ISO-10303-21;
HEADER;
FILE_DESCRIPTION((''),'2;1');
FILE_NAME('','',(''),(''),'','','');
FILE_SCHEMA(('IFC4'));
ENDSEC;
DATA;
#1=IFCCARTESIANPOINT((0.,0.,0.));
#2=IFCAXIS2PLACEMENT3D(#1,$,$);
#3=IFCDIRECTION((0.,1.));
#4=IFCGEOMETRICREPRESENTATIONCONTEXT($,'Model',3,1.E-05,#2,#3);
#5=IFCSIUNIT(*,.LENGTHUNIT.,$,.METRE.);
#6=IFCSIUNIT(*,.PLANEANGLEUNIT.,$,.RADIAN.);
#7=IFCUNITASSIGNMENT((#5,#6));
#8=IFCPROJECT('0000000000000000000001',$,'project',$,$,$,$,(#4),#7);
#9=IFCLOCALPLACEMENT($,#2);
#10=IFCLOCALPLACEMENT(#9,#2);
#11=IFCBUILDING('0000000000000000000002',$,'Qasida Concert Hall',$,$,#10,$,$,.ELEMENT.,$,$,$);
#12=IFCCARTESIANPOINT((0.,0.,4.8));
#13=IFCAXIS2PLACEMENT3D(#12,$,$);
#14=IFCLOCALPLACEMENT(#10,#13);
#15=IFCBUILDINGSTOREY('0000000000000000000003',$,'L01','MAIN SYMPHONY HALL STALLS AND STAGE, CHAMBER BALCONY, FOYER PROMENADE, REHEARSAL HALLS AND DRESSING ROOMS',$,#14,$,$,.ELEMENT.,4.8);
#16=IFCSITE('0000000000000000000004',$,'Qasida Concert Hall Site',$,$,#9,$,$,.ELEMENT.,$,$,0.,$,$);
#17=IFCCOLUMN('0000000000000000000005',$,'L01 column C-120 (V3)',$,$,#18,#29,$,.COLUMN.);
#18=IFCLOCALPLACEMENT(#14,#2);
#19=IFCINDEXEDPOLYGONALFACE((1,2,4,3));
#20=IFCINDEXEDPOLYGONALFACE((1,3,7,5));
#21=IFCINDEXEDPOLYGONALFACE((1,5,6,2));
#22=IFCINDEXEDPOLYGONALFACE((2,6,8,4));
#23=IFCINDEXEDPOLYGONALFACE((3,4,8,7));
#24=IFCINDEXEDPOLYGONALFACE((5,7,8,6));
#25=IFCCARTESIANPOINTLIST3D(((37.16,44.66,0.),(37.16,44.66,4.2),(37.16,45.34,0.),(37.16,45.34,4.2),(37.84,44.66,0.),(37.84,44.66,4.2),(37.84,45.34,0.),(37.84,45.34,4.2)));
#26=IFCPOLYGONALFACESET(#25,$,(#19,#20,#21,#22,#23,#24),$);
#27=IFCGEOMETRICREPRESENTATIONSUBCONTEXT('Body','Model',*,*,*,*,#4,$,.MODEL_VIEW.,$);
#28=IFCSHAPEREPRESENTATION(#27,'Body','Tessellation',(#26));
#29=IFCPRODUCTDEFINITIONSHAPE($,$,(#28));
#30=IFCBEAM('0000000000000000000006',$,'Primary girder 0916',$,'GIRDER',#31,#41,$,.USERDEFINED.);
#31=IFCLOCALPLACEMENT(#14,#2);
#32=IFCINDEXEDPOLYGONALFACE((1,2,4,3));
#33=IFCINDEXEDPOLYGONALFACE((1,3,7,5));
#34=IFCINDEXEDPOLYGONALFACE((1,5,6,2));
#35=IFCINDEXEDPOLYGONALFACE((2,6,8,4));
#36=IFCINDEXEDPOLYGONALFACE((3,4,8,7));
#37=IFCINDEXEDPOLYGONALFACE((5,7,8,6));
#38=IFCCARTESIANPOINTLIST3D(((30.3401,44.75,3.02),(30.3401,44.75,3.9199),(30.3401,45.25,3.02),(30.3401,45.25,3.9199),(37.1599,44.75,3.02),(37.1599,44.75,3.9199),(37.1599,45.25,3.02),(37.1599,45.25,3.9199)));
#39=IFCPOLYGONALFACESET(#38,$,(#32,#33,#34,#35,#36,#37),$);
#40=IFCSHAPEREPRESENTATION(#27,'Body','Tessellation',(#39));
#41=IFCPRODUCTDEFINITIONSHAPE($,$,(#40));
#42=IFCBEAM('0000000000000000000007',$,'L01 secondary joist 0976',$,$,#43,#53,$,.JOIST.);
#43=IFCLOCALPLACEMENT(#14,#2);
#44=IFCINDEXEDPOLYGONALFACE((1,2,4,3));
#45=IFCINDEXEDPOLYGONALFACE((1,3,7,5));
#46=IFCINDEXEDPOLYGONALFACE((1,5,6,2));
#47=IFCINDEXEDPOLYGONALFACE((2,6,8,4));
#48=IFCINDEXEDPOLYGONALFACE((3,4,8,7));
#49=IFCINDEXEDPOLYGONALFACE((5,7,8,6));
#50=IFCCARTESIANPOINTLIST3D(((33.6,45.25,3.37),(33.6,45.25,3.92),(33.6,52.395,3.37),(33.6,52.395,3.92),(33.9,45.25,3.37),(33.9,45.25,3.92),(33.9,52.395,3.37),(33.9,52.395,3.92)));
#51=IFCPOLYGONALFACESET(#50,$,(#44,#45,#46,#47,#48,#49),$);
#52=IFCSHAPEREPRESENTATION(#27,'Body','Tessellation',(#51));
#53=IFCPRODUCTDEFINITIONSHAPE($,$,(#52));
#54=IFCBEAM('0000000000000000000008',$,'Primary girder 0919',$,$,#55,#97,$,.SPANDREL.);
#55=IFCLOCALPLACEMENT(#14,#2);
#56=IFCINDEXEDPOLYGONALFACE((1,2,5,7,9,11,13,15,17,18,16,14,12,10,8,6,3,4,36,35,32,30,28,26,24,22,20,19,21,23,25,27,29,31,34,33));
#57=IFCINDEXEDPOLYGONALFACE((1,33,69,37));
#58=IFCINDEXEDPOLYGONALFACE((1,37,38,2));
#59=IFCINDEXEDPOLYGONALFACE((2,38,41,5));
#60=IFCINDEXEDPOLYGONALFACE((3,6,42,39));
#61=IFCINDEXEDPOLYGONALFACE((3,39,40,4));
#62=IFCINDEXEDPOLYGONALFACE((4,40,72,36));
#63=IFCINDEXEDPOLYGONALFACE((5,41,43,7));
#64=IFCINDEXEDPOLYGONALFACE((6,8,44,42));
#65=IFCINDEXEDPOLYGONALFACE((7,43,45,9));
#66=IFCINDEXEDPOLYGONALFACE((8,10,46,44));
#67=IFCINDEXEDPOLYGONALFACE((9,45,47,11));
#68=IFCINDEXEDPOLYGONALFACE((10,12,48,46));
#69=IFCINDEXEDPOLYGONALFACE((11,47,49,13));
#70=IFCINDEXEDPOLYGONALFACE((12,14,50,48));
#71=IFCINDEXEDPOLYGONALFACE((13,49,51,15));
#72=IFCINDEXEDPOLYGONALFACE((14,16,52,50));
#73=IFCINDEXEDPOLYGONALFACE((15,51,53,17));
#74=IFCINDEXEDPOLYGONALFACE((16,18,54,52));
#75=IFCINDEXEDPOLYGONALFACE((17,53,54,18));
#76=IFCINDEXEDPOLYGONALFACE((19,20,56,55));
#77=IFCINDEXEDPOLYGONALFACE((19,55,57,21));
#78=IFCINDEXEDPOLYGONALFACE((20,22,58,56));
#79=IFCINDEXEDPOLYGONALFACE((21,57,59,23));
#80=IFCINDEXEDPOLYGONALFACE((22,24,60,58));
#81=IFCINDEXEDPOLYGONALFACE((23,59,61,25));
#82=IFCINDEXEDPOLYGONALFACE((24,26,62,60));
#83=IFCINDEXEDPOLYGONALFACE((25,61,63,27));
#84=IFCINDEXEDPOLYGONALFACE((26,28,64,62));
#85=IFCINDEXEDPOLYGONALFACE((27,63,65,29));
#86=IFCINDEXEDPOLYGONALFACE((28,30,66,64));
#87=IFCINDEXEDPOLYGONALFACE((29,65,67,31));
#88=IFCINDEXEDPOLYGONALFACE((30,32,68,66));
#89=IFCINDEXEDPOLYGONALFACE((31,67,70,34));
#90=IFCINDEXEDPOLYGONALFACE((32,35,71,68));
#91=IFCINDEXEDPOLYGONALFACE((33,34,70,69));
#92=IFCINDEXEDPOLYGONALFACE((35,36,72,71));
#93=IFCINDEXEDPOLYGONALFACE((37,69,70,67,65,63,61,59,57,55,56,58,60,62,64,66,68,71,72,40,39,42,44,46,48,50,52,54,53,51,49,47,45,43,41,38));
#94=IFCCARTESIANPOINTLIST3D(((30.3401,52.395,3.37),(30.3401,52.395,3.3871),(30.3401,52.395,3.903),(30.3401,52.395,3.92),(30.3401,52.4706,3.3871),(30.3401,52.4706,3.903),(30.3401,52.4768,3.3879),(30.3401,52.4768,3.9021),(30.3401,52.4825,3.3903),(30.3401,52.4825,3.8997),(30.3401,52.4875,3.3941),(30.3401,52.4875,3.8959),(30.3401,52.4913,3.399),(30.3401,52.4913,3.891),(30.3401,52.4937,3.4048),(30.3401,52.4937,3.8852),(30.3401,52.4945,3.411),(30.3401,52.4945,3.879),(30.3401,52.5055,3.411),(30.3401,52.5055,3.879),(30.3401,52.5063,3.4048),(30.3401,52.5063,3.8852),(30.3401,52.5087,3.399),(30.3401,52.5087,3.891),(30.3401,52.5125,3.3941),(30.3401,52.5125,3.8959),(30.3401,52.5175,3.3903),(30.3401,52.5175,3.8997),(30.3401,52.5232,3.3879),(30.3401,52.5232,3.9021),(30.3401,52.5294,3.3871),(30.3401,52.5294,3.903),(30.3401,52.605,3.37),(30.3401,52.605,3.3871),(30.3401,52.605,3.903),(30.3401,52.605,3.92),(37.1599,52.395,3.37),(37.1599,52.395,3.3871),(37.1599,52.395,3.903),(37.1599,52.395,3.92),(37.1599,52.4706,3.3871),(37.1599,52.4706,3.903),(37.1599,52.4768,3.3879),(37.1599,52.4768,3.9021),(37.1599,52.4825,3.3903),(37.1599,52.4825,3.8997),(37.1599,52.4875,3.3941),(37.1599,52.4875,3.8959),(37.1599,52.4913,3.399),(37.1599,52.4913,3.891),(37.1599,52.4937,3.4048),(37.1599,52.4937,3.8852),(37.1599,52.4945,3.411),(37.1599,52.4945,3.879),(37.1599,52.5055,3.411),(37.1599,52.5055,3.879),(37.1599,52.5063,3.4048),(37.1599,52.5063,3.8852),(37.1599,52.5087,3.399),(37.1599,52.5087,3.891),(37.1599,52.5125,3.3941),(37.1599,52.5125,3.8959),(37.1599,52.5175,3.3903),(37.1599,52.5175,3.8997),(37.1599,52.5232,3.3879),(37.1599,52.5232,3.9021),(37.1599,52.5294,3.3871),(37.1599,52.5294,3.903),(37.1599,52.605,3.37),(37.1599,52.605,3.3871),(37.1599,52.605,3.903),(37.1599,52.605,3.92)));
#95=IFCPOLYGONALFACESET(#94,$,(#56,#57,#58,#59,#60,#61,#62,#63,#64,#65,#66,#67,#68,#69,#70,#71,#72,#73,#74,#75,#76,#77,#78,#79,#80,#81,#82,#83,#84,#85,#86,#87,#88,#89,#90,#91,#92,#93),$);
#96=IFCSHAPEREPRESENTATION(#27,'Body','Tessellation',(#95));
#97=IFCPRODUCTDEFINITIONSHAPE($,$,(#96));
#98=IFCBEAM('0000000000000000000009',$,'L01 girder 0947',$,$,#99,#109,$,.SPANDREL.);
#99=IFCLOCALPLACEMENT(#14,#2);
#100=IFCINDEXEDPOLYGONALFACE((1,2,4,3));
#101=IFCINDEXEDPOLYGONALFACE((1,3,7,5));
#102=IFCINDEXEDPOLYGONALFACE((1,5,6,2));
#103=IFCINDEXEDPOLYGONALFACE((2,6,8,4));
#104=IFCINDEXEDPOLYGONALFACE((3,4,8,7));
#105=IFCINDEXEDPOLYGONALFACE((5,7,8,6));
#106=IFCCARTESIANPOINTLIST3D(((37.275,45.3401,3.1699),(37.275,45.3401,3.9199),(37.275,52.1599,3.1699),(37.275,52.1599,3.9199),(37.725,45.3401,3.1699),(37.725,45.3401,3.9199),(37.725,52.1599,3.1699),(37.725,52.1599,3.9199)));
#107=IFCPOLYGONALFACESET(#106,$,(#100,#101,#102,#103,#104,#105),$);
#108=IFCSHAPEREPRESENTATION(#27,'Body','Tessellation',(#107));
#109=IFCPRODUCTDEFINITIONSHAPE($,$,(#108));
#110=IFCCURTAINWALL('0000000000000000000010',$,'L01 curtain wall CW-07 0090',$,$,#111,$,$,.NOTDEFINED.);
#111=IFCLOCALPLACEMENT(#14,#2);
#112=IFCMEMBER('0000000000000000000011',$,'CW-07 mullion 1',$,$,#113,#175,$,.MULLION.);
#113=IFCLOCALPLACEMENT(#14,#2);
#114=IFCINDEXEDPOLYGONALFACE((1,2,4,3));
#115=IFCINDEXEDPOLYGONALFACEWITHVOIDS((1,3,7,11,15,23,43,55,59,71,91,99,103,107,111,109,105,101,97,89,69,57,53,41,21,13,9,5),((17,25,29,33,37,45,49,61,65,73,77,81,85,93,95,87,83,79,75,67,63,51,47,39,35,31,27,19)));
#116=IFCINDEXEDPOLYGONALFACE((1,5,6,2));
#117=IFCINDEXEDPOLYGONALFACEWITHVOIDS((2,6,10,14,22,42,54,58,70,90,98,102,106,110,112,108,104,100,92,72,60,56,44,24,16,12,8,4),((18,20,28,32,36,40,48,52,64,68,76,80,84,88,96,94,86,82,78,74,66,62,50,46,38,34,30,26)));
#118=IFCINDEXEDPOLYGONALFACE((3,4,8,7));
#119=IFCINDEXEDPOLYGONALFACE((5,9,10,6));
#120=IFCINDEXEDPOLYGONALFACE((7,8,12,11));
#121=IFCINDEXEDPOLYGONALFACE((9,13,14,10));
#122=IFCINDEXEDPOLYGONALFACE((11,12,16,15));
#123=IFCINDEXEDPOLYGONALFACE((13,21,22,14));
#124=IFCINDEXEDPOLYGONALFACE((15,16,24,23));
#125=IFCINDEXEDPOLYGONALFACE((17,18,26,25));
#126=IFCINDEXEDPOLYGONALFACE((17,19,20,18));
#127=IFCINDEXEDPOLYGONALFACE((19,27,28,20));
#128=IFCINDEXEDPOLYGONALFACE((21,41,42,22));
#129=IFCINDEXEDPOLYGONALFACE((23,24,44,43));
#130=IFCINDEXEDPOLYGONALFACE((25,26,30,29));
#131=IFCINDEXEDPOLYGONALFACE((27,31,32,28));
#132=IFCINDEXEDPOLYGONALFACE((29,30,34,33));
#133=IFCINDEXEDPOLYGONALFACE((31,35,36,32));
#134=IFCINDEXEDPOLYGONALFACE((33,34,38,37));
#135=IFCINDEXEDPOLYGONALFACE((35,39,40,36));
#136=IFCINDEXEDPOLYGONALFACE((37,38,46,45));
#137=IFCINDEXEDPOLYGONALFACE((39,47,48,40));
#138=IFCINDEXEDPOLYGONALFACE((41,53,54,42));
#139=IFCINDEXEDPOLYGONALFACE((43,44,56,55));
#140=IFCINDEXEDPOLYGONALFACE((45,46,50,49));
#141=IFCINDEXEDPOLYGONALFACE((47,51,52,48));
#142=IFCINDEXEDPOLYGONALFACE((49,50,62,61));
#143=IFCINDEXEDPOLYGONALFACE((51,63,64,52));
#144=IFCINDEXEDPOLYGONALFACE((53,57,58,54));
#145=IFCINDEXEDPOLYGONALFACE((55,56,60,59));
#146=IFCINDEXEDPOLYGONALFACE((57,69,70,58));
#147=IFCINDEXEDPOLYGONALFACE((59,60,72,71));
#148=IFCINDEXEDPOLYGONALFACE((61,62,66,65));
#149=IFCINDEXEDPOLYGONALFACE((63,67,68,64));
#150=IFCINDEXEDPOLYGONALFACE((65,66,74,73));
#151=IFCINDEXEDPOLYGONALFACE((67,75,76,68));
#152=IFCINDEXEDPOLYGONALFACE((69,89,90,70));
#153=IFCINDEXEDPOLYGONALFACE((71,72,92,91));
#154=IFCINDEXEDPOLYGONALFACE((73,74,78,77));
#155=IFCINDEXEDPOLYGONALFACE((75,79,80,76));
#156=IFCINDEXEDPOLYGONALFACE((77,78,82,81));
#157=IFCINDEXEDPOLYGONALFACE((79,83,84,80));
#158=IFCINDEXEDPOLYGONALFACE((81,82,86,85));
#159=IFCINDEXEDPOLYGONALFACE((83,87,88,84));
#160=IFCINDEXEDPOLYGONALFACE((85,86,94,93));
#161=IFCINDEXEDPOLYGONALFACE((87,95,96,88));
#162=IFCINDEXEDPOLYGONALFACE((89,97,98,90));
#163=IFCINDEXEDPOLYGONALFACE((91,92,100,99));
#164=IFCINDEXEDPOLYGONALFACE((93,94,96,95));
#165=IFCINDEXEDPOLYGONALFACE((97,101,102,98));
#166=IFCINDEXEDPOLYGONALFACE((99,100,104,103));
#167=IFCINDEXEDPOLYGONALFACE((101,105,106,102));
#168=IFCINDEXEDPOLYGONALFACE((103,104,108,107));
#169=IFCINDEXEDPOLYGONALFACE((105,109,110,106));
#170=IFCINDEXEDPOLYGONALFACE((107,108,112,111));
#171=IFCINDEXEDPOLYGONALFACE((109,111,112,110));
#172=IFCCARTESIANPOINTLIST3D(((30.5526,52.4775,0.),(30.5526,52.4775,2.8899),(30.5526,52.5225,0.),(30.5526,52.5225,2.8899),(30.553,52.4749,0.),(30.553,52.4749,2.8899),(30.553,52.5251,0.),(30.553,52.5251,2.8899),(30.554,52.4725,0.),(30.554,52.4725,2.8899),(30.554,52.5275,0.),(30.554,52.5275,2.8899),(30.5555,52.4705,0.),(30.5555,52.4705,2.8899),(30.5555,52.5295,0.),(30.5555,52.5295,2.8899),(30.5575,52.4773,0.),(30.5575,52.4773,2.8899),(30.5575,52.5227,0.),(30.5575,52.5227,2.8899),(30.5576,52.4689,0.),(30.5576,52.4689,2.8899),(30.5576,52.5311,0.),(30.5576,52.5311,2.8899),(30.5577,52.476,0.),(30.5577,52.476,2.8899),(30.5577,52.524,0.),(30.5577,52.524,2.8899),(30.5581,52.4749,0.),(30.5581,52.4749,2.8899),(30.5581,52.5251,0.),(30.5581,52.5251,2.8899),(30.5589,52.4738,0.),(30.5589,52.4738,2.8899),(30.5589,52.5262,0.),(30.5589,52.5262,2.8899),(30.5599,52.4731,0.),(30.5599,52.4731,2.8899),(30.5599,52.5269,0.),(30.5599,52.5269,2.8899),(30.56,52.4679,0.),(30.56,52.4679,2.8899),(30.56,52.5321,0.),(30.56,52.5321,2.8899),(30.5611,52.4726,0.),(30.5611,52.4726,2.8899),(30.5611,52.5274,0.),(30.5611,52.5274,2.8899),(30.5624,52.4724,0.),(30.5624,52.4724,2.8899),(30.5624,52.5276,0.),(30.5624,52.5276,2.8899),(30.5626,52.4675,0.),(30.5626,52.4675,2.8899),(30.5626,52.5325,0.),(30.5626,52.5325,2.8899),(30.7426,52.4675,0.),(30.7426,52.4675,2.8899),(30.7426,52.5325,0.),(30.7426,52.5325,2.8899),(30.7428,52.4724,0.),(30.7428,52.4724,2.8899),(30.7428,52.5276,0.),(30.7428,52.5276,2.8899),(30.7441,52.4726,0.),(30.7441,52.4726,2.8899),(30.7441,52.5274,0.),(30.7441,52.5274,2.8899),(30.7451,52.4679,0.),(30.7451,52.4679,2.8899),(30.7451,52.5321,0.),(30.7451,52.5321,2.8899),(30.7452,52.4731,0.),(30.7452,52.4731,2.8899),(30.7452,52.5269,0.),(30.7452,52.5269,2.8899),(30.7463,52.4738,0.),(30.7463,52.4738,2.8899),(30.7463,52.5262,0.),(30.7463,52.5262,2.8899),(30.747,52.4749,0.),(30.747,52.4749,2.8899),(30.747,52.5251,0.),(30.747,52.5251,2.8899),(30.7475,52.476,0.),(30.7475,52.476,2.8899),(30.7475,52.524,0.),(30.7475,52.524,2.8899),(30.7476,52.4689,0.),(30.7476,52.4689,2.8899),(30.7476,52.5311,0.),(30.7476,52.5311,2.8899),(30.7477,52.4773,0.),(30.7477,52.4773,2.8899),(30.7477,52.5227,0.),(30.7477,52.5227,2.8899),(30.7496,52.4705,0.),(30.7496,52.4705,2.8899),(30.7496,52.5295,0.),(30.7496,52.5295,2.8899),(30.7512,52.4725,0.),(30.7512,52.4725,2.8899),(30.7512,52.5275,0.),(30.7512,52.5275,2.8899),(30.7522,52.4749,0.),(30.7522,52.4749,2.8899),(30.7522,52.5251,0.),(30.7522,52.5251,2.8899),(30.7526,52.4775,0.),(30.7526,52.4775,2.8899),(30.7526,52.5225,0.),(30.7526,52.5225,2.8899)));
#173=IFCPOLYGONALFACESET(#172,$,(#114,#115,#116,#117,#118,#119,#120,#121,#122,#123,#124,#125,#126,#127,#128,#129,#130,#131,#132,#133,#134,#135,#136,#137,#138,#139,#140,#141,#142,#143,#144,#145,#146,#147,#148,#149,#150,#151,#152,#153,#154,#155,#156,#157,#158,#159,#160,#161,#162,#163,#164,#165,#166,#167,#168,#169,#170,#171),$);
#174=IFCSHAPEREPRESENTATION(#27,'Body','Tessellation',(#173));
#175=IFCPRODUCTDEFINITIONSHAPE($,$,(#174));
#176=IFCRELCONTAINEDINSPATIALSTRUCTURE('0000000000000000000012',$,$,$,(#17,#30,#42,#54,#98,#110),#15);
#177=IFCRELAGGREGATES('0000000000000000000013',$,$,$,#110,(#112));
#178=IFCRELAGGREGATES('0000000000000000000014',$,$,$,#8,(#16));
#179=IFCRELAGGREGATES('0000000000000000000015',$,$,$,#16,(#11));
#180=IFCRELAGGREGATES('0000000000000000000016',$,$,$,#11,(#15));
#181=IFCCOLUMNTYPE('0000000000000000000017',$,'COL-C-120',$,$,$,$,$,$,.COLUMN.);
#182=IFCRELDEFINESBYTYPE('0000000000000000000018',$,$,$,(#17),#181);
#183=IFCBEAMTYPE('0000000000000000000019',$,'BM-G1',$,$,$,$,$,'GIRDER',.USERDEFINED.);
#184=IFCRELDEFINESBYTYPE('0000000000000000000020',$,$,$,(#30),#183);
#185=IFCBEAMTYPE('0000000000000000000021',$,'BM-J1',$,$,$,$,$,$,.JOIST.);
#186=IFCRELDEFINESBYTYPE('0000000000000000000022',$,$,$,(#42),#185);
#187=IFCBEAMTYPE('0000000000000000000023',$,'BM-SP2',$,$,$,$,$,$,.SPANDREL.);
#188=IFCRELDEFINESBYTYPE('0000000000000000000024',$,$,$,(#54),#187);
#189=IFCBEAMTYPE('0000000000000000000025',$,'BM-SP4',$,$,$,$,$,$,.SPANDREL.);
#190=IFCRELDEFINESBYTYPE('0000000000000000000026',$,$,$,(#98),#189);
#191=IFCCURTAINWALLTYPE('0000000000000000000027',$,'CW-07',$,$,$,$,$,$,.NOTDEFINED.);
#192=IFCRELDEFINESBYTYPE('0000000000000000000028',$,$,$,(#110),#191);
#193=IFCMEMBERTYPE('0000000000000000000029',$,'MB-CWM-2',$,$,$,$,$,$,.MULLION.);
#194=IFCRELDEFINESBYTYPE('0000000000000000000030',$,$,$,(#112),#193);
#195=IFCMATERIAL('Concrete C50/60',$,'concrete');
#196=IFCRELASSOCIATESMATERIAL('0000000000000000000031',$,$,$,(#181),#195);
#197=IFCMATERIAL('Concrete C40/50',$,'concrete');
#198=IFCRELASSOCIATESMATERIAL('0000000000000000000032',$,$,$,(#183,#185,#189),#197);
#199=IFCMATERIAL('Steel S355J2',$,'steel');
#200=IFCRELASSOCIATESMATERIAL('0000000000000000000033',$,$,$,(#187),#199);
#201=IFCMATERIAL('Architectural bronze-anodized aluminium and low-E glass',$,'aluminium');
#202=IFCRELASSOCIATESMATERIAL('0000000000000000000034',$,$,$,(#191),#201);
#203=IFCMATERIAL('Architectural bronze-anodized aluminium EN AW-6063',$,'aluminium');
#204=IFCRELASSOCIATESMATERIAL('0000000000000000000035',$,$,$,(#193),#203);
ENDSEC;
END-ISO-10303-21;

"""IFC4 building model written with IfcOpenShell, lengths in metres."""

from ifc_helpers import new_model, si_unit, direction, frame, origin, origin_2d, place, context, subcontext, project, spatial, rectangle, hollow_rectangle, i_section, extrude, material, material_profile, profile_set, type_object, element, aggregate, save


model = new_model("IFC4")

# Units and contexts
model_context = context("Model", 3, precision=1e-05, world=origin(), true_north=direction((0.0, 1.0)))
body_context = subcontext(model_context, "Body", "Model", "MODEL_VIEW")
ifc_project = project(units=[si_unit("LENGTHUNIT", "METRE"), si_unit("PLANEANGLEUNIT", "RADIAN")], contexts=[model_context])

# Site, building, storey
site_placement = place(None, origin())
site = spatial("IfcSite", under=ifc_project, at=site_placement, Name="Qasida Concert Hall Site", CompositionType="ELEMENT", RefElevation=0.0)
building_placement = place(site_placement, origin())
building = spatial("IfcBuilding", under=site, at=building_placement, Name="Qasida Concert Hall", CompositionType="ELEMENT")
storey_placement = place(building_placement, frame((0.0, 0.0, 4.8)))
storey = spatial("IfcBuildingStorey", under=building, at=storey_placement, Name="L01", Description="MAIN SYMPHONY HALL STALLS AND STAGE, CHAMBER BALCONY, FOYER PROMENADE, REHEARSAL HALLS AND DRESSING ROOMS", CompositionType="ELEMENT", Elevation=4.8)

# Column
ifc_material_1 = material(Name="Concrete C50/60", Category="concrete")
ifc_material_profile_1 = material_profile(ifc_material_1, rectangle(XDim=0.6799, YDim=0.6799, at=origin_2d()), Name="RC 680x680")
ifc_profile_set_1 = profile_set([ifc_material_profile_1], Name="Concrete C50/60")
column_type = type_object("IfcColumnType", Name="COL-C-120", PredefinedType="COLUMN", material=ifc_profile_set_1)
column_placement = place(storey_placement, frame((37.5, 45.0, 0.0), z_axis=(0.0, 0.0, 1.0), x_axis=(1.0, 0.0, 0.0)))
element("IfcColumn", 1, at=column_placement, inside=storey, type_object=column_type, Name="L01 column C-120 (V3)", PredefinedType="COLUMN", context=body_context, shape_type="SweptSolid", body=[
    extrude(rectangle(XDim=0.6799, YDim=0.6799, at=origin_2d()), origin(), (0.0, 0.0, 1.0), 4.2),
])

# Beams
ifc_material_2 = material(Name="Concrete C40/50", Category="concrete")
ifc_material_profile_2 = material_profile(ifc_material_2, rectangle(XDim=0.5, YDim=0.8999, at=origin_2d()), Name="RC 500x900")
ifc_profile_set_2 = profile_set([ifc_material_profile_2], Name="Concrete C40/50")
beam_type_1 = type_object("IfcBeamType", Name="BM-G1", ElementType="GIRDER", PredefinedType="USERDEFINED", material=ifc_profile_set_2)
beam_1_placement = place(storey_placement, frame((30.3401, 45.0, 3.47), z_axis=(1.0, 0.0, 0.0), x_axis=(0.0, 1.0, 0.0)))
element("IfcBeam", 2, at=beam_1_placement, inside=storey, type_object=beam_type_1, Name="Primary girder 0916", ObjectType="GIRDER", PredefinedType="USERDEFINED", context=body_context, shape_type="SweptSolid", body=[
    extrude(rectangle(XDim=0.5, YDim=0.8999, at=origin_2d()), origin(), (0.0, 0.0, 1.0), 6.8198),
])
ifc_material_profile_3 = material_profile(ifc_material_2, rectangle(XDim=0.3, YDim=0.55, at=origin_2d()), Name="RC 300x550")
ifc_profile_set_3 = profile_set([ifc_material_profile_3], Name="Concrete C40/50")
beam_type_2 = type_object("IfcBeamType", Name="BM-J1", PredefinedType="JOIST", material=ifc_profile_set_3)
beam_2_placement = place(storey_placement, frame((33.75, 45.25, 3.645), z_axis=(0.0, 1.0, 0.0), x_axis=(-1.0, 0.0, 0.0)))
element("IfcBeam", 3, at=beam_2_placement, inside=storey, type_object=beam_type_2, Name="L01 secondary joist 0976", PredefinedType="JOIST", context=body_context, shape_type="SweptSolid", body=[
    extrude(rectangle(XDim=0.3, YDim=0.55, at=origin_2d()), origin(), (0.0, 0.0, 1.0), 7.145),
])
ifc_material_3 = material(Name="Steel S355J2", Category="steel")
ifc_material_profile_4 = material_profile(ifc_material_3, i_section(OverallWidth=0.21, OverallDepth=0.55, WebThickness=0.011, FlangeThickness=0.0171, FilletRadius=0.0239, at=origin_2d()), Name="IPE 550")
ifc_profile_set_4 = profile_set([ifc_material_profile_4], Name="Steel S355J2")
beam_type_3 = type_object("IfcBeamType", Name="BM-SP2", PredefinedType="SPANDREL", material=ifc_profile_set_4)
beam_3_placement = place(storey_placement, frame((30.3401, 52.5, 3.645), z_axis=(1.0, 0.0, 0.0), x_axis=(0.0, 1.0, 0.0)))
element("IfcBeam", 4, at=beam_3_placement, inside=storey, type_object=beam_type_3, Name="Primary girder 0919", PredefinedType="SPANDREL", context=body_context, shape_type="SweptSolid", body=[
    extrude(i_section(OverallWidth=0.21, OverallDepth=0.55, WebThickness=0.011, FlangeThickness=0.0171, FilletRadius=0.0239, at=origin_2d()), origin(), (0.0, 0.0, 1.0), 6.8198),
])
ifc_material_profile_5 = material_profile(ifc_material_2, rectangle(XDim=0.45, YDim=0.75, at=origin_2d()), Name="RC 450x750")
ifc_profile_set_5 = profile_set([ifc_material_profile_5], Name="Concrete C40/50")
beam_type_4 = type_object("IfcBeamType", Name="BM-SP4", PredefinedType="SPANDREL", material=ifc_profile_set_5)
beam_4_placement = place(storey_placement, frame((37.5, 45.3401, 3.5449), z_axis=(0.0, 1.0, 0.0), x_axis=(-1.0, 0.0, 0.0)))
element("IfcBeam", 5, at=beam_4_placement, inside=storey, type_object=beam_type_4, Name="L01 girder 0947", PredefinedType="SPANDREL", context=body_context, shape_type="SweptSolid", body=[
    extrude(rectangle(XDim=0.45, YDim=0.75, at=origin_2d()), origin(), (0.0, 0.0, 1.0), 6.8198),
])

# Curtain wall, member
ifc_material_4 = material(Name="Architectural bronze-anodized aluminium and low-E glass", Category="aluminium")
curtain_wall_type = type_object("IfcCurtainWallType", Name="CW-07", PredefinedType="NOTDEFINED", material=ifc_material_4)
curtain_wall_1_placement = place(storey_placement, origin())
curtain_wall_1 = element("IfcCurtainWall", 6, at=curtain_wall_1_placement, inside=storey, type_object=curtain_wall_type, Name="L01 curtain wall CW-07 0090", PredefinedType="NOTDEFINED")
ifc_material_5 = material(Name="Architectural bronze-anodized aluminium EN AW-6063", Category="aluminium")
ifc_material_profile_6 = material_profile(ifc_material_5, hollow_rectangle(XDim=0.0649, YDim=0.2, WallThickness=0.0049, InnerFilletRadius=0.0049, OuterFilletRadius=0.01, at=origin_2d()), Name="CWM 200x65x5")
ifc_profile_set_6 = profile_set([ifc_material_profile_6], Name="Architectural bronze-anodized aluminium EN AW-6063")
member_type_1 = type_object("IfcMemberType", Name="MB-CWM-2", PredefinedType="MULLION", material=ifc_profile_set_6)
member_1_placement = place(storey_placement, frame((30.6526, 52.5, 0.0), z_axis=(0.0, 0.0, 1.0), x_axis=(0.0, 1.0, 0.0)))
member_1 = element("IfcMember", 7, at=member_1_placement, type_object=member_type_1, Name="CW-07 mullion 1", PredefinedType="MULLION", context=body_context, shape_type="SweptSolid", body=[
    extrude(hollow_rectangle(XDim=0.0649, YDim=0.2, WallThickness=0.0049, InnerFilletRadius=0.0049, OuterFilletRadius=0.01, at=origin_2d()), origin(), (0.0, 0.0, 1.0), 2.8899),
])

aggregate(curtain_wall_1, [member_1])

save(model, "model.ifc")
